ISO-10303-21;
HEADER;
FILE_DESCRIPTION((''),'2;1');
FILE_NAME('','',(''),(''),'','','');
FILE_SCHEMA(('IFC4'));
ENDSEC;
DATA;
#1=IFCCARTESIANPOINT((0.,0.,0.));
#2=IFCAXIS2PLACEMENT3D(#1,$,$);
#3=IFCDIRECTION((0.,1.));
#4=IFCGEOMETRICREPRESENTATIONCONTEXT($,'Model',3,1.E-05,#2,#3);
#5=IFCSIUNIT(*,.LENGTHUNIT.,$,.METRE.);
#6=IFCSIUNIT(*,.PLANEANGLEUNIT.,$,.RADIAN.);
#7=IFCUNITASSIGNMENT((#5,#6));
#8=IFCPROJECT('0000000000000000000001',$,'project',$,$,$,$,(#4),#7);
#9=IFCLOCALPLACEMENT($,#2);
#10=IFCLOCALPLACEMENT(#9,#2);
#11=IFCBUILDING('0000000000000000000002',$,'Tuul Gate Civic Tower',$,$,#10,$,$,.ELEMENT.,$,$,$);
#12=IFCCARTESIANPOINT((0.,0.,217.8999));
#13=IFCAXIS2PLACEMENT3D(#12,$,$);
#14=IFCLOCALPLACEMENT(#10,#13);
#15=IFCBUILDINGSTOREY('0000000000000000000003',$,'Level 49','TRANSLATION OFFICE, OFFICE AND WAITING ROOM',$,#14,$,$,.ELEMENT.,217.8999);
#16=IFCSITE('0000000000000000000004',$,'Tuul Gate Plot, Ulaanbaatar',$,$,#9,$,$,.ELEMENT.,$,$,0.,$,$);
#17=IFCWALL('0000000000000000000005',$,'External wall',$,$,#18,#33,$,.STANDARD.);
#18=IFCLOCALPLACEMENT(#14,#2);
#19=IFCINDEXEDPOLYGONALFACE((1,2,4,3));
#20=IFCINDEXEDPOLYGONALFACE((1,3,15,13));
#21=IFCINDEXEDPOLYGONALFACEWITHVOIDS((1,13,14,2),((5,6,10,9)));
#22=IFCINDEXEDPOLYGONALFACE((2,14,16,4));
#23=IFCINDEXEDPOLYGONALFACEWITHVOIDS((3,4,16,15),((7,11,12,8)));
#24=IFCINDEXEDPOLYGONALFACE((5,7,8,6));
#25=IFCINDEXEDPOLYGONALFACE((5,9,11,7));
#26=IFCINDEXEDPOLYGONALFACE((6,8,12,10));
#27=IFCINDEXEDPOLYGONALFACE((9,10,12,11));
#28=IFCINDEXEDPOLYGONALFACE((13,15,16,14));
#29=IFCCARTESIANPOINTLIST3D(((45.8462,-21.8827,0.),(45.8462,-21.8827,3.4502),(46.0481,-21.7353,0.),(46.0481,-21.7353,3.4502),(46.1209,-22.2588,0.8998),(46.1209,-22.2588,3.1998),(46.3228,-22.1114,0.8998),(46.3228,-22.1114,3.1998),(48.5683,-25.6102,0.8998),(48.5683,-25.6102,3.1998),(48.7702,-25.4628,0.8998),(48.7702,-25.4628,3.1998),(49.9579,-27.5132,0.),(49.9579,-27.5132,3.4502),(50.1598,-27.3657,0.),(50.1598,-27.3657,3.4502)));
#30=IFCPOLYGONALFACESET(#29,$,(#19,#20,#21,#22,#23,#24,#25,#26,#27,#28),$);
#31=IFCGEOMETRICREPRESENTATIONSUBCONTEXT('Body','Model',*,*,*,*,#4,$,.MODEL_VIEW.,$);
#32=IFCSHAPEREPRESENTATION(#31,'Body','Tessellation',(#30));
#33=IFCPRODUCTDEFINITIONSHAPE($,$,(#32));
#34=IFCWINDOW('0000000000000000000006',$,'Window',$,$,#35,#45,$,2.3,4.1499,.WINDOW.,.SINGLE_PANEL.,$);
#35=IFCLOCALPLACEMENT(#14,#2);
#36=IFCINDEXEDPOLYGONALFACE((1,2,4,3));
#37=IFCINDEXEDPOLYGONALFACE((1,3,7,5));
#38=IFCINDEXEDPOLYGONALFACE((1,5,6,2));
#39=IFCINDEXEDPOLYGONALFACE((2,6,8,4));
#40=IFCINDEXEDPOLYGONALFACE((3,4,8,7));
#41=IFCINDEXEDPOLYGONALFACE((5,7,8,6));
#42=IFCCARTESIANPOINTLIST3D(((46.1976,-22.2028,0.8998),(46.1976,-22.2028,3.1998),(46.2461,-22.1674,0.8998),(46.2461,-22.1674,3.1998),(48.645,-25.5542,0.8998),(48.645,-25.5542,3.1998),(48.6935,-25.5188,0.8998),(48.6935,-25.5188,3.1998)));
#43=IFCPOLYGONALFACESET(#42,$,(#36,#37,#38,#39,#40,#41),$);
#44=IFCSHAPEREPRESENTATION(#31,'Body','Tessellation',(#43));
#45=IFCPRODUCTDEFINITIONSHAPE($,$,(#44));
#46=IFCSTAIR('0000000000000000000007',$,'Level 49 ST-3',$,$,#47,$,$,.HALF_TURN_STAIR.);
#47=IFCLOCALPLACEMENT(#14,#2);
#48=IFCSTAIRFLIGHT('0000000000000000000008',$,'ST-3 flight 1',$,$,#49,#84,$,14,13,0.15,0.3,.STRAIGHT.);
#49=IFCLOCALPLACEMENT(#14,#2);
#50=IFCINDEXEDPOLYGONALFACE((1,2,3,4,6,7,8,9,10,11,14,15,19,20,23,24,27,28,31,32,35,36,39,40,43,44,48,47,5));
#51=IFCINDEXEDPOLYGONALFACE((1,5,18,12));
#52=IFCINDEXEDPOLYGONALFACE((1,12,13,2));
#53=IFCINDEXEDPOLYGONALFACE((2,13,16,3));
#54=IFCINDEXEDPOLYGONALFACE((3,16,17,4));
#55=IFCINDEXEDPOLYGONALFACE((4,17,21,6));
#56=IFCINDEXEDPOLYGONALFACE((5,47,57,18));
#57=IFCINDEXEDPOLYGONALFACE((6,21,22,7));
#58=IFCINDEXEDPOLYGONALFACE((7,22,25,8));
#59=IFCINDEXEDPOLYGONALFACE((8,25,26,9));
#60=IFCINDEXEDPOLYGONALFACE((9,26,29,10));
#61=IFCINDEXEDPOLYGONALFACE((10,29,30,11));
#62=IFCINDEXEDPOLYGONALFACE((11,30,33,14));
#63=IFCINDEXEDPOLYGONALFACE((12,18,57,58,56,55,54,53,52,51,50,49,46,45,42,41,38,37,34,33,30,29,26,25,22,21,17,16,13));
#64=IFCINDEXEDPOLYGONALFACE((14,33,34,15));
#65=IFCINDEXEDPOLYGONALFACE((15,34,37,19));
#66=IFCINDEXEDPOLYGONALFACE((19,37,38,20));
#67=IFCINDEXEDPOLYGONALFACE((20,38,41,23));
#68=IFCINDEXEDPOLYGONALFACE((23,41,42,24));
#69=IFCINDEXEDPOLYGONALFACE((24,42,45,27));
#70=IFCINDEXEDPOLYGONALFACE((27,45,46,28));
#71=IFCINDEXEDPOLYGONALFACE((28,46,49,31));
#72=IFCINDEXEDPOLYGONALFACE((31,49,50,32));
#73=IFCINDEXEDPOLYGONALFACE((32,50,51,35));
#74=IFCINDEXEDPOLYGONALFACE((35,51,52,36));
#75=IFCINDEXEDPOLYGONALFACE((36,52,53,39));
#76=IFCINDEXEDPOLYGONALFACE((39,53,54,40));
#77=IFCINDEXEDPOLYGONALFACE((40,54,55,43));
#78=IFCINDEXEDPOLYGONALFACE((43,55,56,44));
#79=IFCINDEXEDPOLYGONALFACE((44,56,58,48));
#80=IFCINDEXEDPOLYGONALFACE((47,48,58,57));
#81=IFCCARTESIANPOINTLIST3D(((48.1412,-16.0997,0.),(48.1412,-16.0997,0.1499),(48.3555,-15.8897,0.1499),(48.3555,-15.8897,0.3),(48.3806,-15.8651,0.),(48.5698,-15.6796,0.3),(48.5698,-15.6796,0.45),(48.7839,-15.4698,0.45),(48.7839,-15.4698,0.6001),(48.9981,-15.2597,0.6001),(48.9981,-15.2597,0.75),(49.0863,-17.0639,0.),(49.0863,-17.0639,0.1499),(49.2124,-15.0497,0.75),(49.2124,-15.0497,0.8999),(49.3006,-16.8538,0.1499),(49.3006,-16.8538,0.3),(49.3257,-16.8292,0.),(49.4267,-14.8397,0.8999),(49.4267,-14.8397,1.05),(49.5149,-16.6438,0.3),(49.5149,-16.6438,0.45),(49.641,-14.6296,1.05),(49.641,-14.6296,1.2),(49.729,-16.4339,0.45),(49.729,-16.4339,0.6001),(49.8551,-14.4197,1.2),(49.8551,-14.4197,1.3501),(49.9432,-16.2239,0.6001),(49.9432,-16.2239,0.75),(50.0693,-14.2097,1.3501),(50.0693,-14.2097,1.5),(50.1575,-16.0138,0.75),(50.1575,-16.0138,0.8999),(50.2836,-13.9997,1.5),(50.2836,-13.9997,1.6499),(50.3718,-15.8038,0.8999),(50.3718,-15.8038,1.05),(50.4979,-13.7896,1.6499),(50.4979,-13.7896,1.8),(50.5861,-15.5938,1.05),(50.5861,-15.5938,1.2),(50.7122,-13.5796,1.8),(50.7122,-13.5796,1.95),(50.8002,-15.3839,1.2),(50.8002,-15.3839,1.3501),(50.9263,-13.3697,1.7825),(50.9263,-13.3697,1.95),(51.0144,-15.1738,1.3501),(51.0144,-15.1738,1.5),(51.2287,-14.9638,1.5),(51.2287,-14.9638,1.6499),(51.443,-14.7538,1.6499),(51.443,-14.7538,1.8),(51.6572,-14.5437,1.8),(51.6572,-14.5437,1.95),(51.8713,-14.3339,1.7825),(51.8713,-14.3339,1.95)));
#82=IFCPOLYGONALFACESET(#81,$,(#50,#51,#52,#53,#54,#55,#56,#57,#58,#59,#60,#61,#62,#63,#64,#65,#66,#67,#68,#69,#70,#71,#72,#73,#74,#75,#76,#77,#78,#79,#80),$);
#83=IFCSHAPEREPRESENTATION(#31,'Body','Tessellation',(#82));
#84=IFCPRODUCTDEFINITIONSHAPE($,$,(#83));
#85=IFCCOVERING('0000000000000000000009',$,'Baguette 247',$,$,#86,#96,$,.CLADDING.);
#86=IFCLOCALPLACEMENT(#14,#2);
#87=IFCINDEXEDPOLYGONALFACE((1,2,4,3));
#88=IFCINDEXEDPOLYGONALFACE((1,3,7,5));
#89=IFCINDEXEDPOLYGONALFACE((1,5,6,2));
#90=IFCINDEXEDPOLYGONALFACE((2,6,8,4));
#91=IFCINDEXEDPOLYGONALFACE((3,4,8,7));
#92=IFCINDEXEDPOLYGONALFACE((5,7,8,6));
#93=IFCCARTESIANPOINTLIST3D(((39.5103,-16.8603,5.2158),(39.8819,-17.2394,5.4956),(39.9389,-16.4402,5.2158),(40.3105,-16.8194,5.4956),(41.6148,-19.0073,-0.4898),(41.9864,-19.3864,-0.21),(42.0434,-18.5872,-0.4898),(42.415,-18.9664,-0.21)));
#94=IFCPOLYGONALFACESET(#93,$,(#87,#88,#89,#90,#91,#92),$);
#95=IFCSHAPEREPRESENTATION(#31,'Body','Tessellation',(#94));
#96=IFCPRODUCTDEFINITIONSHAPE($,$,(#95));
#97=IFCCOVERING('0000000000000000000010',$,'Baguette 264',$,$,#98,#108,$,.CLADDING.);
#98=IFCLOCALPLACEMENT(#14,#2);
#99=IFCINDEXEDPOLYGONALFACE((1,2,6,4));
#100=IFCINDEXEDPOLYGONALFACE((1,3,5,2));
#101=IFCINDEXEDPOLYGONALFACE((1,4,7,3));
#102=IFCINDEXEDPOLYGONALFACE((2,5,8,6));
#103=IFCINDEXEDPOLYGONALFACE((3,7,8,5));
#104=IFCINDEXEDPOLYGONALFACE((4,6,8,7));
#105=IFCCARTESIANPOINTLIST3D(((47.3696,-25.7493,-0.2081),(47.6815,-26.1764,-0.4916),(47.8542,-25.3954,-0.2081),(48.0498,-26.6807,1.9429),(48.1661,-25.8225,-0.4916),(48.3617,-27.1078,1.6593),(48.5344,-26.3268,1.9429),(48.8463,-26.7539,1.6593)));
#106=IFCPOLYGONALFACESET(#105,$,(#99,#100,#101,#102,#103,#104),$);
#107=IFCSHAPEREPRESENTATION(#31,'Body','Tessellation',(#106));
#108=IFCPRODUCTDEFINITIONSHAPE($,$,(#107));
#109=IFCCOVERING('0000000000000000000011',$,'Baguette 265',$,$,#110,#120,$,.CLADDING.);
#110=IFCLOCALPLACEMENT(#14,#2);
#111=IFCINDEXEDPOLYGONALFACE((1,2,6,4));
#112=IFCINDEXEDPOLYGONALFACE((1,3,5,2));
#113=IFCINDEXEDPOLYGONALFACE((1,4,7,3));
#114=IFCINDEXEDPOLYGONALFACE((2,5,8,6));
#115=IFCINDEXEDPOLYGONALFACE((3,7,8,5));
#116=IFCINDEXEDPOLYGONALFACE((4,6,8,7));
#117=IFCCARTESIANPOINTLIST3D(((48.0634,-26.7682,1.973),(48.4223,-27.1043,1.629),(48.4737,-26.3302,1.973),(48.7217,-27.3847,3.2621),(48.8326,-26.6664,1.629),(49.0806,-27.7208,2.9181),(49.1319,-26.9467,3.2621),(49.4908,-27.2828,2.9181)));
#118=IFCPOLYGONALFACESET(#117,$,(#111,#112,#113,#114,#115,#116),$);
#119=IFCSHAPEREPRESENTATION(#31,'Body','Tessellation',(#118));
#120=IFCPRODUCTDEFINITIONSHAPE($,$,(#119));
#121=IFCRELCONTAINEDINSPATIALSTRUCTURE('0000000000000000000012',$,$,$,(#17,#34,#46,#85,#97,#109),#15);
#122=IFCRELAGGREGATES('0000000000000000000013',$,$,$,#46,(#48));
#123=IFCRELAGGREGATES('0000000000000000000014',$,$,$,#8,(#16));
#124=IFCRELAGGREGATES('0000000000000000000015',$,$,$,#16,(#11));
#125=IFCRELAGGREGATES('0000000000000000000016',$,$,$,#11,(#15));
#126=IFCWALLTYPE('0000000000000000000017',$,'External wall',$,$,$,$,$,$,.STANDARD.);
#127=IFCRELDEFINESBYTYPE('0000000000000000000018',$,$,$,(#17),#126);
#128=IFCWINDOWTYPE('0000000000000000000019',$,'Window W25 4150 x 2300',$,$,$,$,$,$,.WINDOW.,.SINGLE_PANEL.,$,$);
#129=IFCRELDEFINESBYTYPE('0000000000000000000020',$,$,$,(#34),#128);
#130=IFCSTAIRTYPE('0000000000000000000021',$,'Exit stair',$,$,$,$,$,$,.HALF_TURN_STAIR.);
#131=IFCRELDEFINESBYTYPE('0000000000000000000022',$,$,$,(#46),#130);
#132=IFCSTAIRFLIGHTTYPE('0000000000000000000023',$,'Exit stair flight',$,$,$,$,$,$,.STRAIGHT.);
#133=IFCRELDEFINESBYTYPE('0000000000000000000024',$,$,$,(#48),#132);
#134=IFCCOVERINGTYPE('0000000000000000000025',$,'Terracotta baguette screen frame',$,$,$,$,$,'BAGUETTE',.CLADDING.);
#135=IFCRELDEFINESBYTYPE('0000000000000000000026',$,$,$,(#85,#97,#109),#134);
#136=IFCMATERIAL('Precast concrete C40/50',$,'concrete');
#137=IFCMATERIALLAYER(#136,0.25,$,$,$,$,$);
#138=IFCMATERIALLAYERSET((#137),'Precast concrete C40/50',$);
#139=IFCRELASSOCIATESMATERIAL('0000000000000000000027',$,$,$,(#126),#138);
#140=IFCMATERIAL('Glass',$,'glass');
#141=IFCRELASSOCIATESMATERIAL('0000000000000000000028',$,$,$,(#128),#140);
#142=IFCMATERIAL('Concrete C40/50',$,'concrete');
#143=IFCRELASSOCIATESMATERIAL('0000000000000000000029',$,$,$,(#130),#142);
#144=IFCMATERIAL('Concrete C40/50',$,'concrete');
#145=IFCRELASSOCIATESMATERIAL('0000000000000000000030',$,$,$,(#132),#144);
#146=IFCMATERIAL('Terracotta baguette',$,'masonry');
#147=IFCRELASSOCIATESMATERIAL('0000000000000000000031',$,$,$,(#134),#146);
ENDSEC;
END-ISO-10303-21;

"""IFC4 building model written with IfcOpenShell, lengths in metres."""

from ifc_helpers import new_model, si_unit, direction, frame, frame_2d, origin, origin_2d, place, context, subcontext, project, spatial, polyline, rectangle, outline, extrude, material, layer, layer_set, material_profile, profile_set, type_object, element, fill, aggregate, save


model = new_model("IFC4")

# Units and contexts
model_context = context("Model", 3, precision=1e-05, world=origin(), true_north=direction((0.0, 1.0)))
body_context = subcontext(model_context, "Body", "Model", "MODEL_VIEW")
ifc_project = project(units=[si_unit("LENGTHUNIT", "METRE"), si_unit("PLANEANGLEUNIT", "RADIAN")], contexts=[model_context])

# Site, building, storey
site_placement = place(None, origin())
site = spatial("IfcSite", under=ifc_project, at=site_placement, Name="Tuul Gate Plot, Ulaanbaatar", CompositionType="ELEMENT", RefElevation=0.0)
building_placement = place(site_placement, origin())
building = spatial("IfcBuilding", under=site, at=building_placement, Name="Tuul Gate Civic Tower", CompositionType="ELEMENT")
storey_placement = place(building_placement, frame((0.0, 0.0, 217.8999)))
storey = spatial("IfcBuildingStorey", under=building, at=storey_placement, Name="Level 49", Description="TRANSLATION OFFICE, OFFICE AND WAITING ROOM", CompositionType="ELEMENT", Elevation=217.8999)

# Wall, opening, window
ifc_material_1 = material(Name="Precast concrete C40/50", Category="concrete")
ifc_layer_1 = layer(ifc_material_1, 0.25)
ifc_layer_set_1 = layer_set([ifc_layer_1], Name="Precast concrete C40/50")
wall_type_1 = type_object("IfcWallType", Name="External wall", PredefinedType="STANDARD", material=ifc_layer_set_1)
wall_1_placement = place(storey_placement, frame((45.9473, -21.8091, 0.0), z_axis=(0.0, 0.0, 1.0), x_axis=(0.589743, -0.807591, 0.0)))
wall_1 = element("IfcWall", 1, at=wall_1_placement, inside=storey, type_object=wall_type_1, Name="External wall", PredefinedType="STANDARD", context=body_context, shape_type="SweptSolid", body=[
    extrude(rectangle(XDim=6.9719, YDim=0.25, at=frame_2d((3.4858, 0.0))), origin(), (0.0, 0.0, 1.0), 3.4502),
])
opening_1_placement = place(wall_1_placement, frame((0.4656, 0.0, 0.8999)))
opening_1 = element("IfcOpeningElement", 2, at=opening_1_placement, cuts=wall_1, PredefinedType="OPENING", context=body_context, shape_type="SweptSolid", body=[
    extrude(rectangle(XDim=4.1499, YDim=2.3, at=frame_2d((2.075, 1.1499))), frame((0.0, 0.135, 0.0), z_axis=(0.0, -1.0, 0.0), x_axis=(1.0, 0.0, 0.0)), (0.0, 0.0, 1.0), 0.27),
])
ifc_material_2 = material(Name="Glass", Category="glass")
window_type_1 = type_object("IfcWindowType", Name="Window W25 4150 x 2300", PartitioningType="SINGLE_PANEL", PredefinedType="WINDOW", material=ifc_material_2)
window_1_placement = place(opening_1_placement, origin())
window_1 = element("IfcWindow", 3, at=window_1_placement, inside=storey, type_object=window_type_1, Name="Window", OverallHeight=2.3, OverallWidth=4.1499, PartitioningType="SINGLE_PANEL", PredefinedType="WINDOW", context=body_context, shape_type="SweptSolid", body=[
    extrude(rectangle(XDim=4.1499, YDim=2.3, at=frame_2d((2.075, 1.1499))), frame((0.0, 0.03, 0.0), z_axis=(0.0, -1.0, 0.0), x_axis=(1.0, 0.0, 0.0)), (0.0, 0.0, 1.0), 0.0601),
])
fill(opening_1, window_1)

# Stair, stair flight
ifc_material_3 = material(Name="Concrete C40/50", Category="concrete")
stair_type = type_object("IfcStairType", Name="Exit stair", PredefinedType="HALF_TURN_STAIR", material=ifc_material_3)
stair_placement = place(storey_placement, origin())
stair = element("IfcStair", 4, at=stair_placement, inside=storey, type_object=stair_type, Name="Level 49 ST-3", PredefinedType="HALF_TURN_STAIR")
ifc_material_4 = material(Name="Concrete C40/50", Category="concrete")
stair_flight_type = type_object("IfcStairFlightType", Name="Exit stair flight", PredefinedType="STRAIGHT", material=ifc_material_4)
stair_flight_placement = place(storey_placement, frame((48.6138, -16.5818, 0.0), z_axis=(0.0, 0.0, 1.0), x_axis=(0.714127, 0.700016, 0.0)))
stair_flight = element("IfcStairFlight", 5, at=stair_flight_placement, type_object=stair_flight_type, Name="ST-3 flight 1", NumberOfRisers=14, NumberOfTreads=13, PredefinedType="STRAIGHT", RiserHeight=0.15, TreadLength=0.3, context=body_context, shape_type="SweptSolid", body=[
    extrude(outline(polyline([(0.0, 0.0), (0.0, 0.1499), (0.3, 0.1499), (0.3, 0.3), (0.6001, 0.3), (0.6001, 0.45), (0.8999, 0.45), (0.8999, 0.6001), (1.2, 0.6001), (1.2, 0.75), (1.5, 0.75), (1.5, 0.8999), (1.8, 0.8999), (1.8, 1.05), (2.1001, 1.05), (2.1001, 1.2), (2.3999, 1.2), (2.3999, 1.3501), (2.7, 1.3501), (2.7, 1.5), (3.0, 1.5), (3.0, 1.6499), (3.3, 1.6499), (3.3, 1.8), (3.6001, 1.8), (3.6001, 1.95), (3.8999, 1.95), (3.8999, 2.1001), (3.8999, 1.7825), (0.3352, 0.0), (0.0, 0.0)])), frame((0.0, 0.675, 0.0), z_axis=(0.0, -1.0, 0.0), x_axis=(1.0, 0.0, 0.0)), (0.0, 0.0, 1.0), 1.3501),
])
aggregate(stair, [stair_flight])

# Coverings
ifc_material_5 = material(Name="Terracotta baguette", Category="masonry")
ifc_material_profile_1 = material_profile(ifc_material_5, rectangle(XDim=0.6001, YDim=0.6001, at=origin_2d()), Name="Terracotta baguette screen frame")
ifc_profile_set_1 = profile_set([ifc_material_profile_1], Name="Terracotta baguette")
covering_type = type_object("IfcCoveringType", Name="Terracotta baguette screen frame", ElementType="BAGUETTE", PredefinedType="CLADDING", material=ifc_profile_set_1)
covering_1_placement = place(storey_placement, frame((39.9104, -16.8398, 5.3557), z_axis=(0.32632, -0.332907, -0.884697), x_axis=(0.714137, 0.700006, 0.0)))
element("IfcCovering", 6, at=covering_1_placement, inside=storey, type_object=covering_type, Name="Baguette 247", PredefinedType="CLADDING", context=body_context, shape_type="SweptSolid", body=[
    extrude(rectangle(XDim=0.6001, YDim=0.6001, at=origin_2d()), origin(), (0.0, 0.0, 1.0), 6.4492),
])
covering_2_placement = place(storey_placement, frame((47.7678, -25.7859, -0.3499), z_axis=(0.278695, -0.38163, 0.881299), x_axis=(0.807581, 0.589756, 0.0)))
element("IfcCovering", 7, at=covering_2_placement, inside=storey, type_object=covering_type, Name="Baguette 264", PredefinedType="CLADDING", context=body_context, shape_type="SweptSolid", body=[
    extrude(rectangle(XDim=0.6001, YDim=0.6001, at=origin_2d()), origin(), (0.0, 0.0, 1.0), 2.4407),
])
covering_3_placement = place(storey_placement, frame((48.448, -26.7173, 1.801), z_axis=(0.418387, -0.39185, 0.819393), x_axis=(0.683581, 0.729875, 0.0)))
element("IfcCovering", 8, at=covering_3_placement, inside=storey, type_object=covering_type, Name="Baguette 265", PredefinedType="CLADDING", context=body_context, shape_type="SweptSolid", body=[
    extrude(rectangle(XDim=0.6001, YDim=0.6001, at=origin_2d()), origin(), (0.0, 0.0, 1.0), 1.5732),
])

save(model, "model.ifc")
